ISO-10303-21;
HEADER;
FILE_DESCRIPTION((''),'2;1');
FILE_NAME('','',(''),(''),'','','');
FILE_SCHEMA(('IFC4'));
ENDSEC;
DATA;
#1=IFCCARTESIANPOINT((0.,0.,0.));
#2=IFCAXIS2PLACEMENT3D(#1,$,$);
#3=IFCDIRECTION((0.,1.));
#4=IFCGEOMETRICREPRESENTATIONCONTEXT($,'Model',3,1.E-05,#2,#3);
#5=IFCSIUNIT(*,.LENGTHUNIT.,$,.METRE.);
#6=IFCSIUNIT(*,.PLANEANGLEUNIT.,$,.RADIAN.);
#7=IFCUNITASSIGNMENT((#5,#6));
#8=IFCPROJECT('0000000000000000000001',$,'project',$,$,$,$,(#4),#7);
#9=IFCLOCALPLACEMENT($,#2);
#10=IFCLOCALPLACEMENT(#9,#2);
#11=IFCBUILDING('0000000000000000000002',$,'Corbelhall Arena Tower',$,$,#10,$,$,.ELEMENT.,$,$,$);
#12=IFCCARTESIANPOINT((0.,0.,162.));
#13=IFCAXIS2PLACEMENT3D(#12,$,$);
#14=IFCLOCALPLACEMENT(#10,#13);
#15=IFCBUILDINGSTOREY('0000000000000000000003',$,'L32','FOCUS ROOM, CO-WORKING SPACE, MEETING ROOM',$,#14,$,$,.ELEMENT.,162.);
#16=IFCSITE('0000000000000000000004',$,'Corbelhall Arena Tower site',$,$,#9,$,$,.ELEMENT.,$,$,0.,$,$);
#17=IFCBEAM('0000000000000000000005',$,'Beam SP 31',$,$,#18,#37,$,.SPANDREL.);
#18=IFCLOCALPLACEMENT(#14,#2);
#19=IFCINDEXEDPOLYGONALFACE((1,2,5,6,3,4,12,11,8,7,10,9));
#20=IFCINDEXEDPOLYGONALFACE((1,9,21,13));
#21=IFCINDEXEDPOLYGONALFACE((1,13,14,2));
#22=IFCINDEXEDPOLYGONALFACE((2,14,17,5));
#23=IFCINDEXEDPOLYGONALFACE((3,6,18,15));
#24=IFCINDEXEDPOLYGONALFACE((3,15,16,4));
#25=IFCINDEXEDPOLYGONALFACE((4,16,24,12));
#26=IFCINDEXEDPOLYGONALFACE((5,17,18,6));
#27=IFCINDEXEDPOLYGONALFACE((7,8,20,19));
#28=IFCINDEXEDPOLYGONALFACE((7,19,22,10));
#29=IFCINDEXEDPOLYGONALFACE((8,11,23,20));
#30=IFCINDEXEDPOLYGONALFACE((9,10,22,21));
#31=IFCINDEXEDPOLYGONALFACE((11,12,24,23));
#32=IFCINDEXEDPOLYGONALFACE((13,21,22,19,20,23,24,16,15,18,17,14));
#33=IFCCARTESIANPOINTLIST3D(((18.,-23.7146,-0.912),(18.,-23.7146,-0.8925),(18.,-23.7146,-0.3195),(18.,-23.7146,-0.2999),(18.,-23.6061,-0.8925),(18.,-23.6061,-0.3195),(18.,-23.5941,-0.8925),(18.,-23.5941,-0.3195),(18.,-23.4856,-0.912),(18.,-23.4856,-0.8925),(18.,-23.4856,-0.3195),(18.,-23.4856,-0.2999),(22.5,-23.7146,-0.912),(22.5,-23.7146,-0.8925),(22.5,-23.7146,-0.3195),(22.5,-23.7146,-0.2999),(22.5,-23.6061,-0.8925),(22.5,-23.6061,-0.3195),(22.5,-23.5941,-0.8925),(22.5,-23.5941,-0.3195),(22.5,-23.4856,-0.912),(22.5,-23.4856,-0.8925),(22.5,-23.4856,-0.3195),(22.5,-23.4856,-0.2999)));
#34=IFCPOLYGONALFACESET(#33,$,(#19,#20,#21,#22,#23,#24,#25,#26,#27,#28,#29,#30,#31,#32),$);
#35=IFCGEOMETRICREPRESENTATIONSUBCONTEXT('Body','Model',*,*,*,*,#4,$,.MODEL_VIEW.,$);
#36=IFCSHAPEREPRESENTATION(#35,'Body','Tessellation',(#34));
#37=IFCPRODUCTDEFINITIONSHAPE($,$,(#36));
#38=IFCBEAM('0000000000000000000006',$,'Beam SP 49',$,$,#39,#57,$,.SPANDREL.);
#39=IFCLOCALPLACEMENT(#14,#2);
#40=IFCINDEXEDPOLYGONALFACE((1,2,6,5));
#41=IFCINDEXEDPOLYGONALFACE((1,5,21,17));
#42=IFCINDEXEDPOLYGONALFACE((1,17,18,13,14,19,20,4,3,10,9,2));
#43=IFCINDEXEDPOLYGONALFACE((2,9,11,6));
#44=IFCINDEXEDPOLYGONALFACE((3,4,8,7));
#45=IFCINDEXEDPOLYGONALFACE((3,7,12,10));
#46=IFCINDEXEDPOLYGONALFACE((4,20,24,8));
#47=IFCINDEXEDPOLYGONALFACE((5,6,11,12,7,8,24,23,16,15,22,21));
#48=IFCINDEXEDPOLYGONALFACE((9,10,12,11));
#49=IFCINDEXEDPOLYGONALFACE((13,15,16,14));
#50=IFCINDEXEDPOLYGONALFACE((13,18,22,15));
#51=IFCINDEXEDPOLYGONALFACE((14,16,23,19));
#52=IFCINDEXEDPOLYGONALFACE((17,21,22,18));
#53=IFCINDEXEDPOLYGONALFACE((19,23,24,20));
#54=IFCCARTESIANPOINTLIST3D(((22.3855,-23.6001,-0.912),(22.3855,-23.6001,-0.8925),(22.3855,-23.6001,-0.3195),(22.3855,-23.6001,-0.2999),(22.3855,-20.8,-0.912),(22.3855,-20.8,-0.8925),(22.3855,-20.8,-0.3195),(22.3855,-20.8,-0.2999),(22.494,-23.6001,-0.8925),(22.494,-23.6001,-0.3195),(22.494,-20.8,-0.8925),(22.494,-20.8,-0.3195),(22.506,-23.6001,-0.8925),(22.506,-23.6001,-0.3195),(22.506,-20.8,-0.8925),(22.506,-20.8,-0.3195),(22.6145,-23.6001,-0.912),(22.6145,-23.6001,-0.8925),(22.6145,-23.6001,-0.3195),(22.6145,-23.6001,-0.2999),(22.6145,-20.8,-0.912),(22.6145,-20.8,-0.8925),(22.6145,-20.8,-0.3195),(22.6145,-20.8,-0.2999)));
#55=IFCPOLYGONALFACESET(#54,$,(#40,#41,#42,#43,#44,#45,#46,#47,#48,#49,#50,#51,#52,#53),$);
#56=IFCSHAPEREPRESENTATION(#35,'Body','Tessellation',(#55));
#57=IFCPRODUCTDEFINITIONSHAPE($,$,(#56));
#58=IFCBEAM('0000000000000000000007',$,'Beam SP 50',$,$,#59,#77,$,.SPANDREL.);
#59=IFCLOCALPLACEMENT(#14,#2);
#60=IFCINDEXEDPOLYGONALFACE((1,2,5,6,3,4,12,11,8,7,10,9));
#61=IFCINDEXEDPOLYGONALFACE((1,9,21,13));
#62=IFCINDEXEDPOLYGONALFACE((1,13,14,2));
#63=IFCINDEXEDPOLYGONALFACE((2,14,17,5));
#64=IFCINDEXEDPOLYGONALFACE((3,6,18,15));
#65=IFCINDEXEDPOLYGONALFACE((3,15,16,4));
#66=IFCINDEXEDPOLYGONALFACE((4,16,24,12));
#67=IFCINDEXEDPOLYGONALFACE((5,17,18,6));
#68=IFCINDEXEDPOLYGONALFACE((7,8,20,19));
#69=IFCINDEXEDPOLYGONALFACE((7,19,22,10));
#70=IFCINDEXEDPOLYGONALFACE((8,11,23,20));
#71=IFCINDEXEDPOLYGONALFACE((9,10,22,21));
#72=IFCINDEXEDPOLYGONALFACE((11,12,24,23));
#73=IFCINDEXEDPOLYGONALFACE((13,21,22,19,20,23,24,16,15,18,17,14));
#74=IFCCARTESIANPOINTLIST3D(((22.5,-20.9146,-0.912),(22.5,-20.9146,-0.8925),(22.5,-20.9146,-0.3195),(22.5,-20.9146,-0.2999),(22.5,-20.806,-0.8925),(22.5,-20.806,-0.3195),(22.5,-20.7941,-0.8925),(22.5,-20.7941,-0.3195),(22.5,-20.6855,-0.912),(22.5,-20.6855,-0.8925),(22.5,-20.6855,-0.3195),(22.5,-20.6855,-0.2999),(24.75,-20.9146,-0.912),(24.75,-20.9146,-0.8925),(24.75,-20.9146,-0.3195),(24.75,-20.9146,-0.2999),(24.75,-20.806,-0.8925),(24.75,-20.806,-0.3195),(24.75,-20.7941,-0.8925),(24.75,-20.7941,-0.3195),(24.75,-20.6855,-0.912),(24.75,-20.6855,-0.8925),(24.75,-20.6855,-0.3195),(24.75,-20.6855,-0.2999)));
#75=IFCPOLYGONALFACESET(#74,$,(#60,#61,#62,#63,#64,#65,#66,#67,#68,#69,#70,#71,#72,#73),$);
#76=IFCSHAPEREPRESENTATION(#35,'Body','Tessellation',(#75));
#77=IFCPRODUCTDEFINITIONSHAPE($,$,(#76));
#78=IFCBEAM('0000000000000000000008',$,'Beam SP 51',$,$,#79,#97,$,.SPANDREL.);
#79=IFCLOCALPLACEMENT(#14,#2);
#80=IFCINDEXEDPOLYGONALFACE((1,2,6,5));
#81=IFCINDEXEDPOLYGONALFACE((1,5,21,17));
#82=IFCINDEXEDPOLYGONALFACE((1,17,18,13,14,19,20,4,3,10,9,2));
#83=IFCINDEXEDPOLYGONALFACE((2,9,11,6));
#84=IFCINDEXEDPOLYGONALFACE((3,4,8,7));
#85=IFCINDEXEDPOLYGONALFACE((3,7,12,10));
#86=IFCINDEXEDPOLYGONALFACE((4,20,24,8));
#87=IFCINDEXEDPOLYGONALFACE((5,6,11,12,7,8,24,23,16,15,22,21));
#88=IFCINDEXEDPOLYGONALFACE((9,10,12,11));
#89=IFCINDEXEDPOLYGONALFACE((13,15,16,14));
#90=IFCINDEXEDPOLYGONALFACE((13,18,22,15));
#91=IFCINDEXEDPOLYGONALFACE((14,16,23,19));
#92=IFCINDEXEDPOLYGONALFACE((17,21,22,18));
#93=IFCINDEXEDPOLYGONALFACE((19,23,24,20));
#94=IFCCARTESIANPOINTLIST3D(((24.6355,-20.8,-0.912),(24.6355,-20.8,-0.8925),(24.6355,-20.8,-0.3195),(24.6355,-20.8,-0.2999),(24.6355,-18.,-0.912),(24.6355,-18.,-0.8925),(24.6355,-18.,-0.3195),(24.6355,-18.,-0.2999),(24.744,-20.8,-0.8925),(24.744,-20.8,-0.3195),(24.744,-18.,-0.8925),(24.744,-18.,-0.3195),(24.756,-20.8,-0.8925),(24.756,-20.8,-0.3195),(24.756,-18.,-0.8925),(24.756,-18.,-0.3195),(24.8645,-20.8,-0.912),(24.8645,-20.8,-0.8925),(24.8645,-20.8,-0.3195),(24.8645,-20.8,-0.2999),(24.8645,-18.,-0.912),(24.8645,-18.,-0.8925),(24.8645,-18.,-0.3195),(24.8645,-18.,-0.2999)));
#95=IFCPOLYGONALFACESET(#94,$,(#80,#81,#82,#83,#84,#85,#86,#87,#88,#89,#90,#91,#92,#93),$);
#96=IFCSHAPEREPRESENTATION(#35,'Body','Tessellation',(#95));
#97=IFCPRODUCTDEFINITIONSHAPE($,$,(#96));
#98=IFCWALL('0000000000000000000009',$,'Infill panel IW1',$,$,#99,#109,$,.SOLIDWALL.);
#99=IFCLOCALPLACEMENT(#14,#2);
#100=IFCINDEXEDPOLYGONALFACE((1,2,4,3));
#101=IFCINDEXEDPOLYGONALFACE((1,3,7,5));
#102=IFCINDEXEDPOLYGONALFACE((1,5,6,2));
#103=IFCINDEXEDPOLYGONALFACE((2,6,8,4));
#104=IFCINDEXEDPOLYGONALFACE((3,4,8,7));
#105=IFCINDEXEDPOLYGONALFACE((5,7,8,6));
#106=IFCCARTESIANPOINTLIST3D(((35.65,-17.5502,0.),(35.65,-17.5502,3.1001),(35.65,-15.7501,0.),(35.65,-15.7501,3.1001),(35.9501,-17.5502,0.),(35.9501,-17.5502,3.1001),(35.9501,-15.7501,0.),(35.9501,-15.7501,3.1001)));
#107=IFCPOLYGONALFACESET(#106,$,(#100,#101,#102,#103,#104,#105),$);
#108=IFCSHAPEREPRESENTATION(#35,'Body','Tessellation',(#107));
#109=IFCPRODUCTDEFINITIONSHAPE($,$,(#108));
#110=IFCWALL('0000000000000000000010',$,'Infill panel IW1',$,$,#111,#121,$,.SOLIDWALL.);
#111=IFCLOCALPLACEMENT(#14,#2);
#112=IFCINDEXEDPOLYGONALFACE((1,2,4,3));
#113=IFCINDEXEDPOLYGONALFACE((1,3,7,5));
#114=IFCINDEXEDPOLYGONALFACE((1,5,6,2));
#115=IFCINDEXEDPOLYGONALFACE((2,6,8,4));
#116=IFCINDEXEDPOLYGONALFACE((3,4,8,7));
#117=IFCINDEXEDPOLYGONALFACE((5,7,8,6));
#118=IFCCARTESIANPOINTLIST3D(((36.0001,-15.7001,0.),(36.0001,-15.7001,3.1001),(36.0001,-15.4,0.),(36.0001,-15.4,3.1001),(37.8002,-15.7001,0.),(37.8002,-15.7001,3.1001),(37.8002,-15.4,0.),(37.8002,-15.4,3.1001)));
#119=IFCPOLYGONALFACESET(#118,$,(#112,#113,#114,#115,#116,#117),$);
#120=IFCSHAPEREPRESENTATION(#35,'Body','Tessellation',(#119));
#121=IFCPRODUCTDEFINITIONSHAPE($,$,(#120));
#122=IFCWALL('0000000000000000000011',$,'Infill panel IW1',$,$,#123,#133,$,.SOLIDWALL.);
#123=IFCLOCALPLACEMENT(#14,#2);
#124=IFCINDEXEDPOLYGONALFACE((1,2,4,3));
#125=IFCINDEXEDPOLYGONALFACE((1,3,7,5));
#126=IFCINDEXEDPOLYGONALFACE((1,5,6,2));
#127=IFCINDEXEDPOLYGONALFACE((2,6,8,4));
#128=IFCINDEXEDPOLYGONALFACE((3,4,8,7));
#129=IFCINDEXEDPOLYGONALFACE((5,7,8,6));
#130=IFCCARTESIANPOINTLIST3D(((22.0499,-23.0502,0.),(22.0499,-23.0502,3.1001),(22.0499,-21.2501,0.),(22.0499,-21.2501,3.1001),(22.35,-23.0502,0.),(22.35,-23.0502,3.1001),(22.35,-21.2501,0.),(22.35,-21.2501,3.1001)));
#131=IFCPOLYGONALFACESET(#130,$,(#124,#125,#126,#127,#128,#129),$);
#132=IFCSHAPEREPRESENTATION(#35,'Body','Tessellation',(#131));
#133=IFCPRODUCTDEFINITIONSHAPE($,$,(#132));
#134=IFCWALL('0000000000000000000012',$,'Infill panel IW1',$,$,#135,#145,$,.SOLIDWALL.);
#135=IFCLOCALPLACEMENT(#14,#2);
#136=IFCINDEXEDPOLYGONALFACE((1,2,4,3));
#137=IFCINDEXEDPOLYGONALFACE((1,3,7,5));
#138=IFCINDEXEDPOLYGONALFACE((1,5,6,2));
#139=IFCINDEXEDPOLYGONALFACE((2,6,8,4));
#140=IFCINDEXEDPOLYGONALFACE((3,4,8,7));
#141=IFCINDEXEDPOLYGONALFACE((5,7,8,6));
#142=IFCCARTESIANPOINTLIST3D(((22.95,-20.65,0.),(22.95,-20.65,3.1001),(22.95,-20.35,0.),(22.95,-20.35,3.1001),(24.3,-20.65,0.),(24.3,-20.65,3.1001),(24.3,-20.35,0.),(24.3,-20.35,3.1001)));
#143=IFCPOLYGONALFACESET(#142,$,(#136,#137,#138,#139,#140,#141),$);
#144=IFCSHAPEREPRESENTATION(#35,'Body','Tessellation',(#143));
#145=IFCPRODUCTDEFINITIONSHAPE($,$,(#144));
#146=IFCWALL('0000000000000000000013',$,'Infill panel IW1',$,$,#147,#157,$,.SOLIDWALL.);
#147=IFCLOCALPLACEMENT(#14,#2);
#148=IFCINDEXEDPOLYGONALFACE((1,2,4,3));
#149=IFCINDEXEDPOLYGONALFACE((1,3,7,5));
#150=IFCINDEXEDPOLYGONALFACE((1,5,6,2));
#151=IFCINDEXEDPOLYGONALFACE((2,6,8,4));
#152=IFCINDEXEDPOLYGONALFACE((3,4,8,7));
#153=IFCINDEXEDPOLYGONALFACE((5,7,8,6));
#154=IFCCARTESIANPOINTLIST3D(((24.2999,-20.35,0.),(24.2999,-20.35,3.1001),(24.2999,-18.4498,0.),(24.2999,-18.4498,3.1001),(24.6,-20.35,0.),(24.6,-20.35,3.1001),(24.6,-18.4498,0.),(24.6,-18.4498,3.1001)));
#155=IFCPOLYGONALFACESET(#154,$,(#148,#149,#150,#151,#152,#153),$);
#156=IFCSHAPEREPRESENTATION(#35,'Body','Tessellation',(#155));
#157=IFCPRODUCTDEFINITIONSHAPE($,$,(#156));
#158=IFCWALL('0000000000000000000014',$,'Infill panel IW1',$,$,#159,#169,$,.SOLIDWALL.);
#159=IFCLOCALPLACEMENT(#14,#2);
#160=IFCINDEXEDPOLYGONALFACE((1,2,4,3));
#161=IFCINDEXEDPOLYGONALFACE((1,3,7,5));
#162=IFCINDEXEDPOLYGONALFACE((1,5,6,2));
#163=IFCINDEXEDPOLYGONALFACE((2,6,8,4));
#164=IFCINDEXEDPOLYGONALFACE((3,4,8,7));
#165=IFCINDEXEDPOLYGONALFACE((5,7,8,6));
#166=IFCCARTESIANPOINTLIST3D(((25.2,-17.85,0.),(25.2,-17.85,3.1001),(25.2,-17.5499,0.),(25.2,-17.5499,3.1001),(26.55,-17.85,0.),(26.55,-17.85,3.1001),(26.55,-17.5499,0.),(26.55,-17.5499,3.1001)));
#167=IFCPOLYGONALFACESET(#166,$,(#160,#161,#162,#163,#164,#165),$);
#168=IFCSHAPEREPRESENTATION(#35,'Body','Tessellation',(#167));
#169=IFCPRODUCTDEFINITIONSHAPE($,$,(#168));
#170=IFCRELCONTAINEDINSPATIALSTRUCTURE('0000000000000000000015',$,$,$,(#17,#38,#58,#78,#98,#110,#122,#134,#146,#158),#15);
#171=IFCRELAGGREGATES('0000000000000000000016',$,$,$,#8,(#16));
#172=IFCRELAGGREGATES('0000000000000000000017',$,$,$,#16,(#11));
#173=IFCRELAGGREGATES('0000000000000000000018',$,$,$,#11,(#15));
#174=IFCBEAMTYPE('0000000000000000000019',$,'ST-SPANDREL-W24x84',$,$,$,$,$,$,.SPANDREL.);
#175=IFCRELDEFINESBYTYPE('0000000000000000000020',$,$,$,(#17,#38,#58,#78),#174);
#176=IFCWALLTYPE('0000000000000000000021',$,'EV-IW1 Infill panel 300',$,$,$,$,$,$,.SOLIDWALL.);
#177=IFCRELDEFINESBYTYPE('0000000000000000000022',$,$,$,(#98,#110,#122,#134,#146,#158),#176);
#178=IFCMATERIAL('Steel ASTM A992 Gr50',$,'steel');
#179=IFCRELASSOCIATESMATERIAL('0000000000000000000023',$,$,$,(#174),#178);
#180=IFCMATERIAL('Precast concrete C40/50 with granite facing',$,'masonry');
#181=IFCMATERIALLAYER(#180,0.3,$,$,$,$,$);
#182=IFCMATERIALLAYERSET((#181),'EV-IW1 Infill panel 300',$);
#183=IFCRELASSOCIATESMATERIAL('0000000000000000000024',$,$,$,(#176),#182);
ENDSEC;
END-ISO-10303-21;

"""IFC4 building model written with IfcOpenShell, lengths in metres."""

from ifc_helpers import new_model, si_unit, direction, frame, frame_2d, origin, origin_2d, place, context, subcontext, project, spatial, rectangle, i_section, extrude, material, layer, layer_set, material_profile, profile_set, type_object, element, save


model = new_model("IFC4")

# Units and contexts
model_context = context("Model", 3, precision=1e-05, world=origin(), true_north=direction((0.0, 1.0)))
body_context = subcontext(model_context, "Body", "Model", "MODEL_VIEW")
ifc_project = project(units=[si_unit("LENGTHUNIT", "METRE"), si_unit("PLANEANGLEUNIT", "RADIAN")], contexts=[model_context])

# Site, building, storey
site_placement = place(None, origin())
site = spatial("IfcSite", under=ifc_project, at=site_placement, Name="Corbelhall Arena Tower site", CompositionType="ELEMENT", RefElevation=0.0)
building_placement = place(site_placement, origin())
building = spatial("IfcBuilding", under=site, at=building_placement, Name="Corbelhall Arena Tower", CompositionType="ELEMENT")
storey_placement = place(building_placement, frame((0.0, 0.0, 162.0)))
storey = spatial("IfcBuildingStorey", under=building, at=storey_placement, Name="L32", Description="FOCUS ROOM, CO-WORKING SPACE, MEETING ROOM", CompositionType="ELEMENT", Elevation=162.0)

# Beams
ifc_material_1 = material(Name="Steel ASTM A992 Gr50", Category="steel")
ifc_material_profile_1 = material_profile(ifc_material_1, i_section(OverallWidth=0.229, OverallDepth=0.6121, WebThickness=0.012, FlangeThickness=0.0195, at=origin_2d()))
ifc_profile_set_1 = profile_set([ifc_material_profile_1], Name="Steel ASTM A992 Gr50")
beam_type = type_object("IfcBeamType", Name="ST-SPANDREL-W24x84", PredefinedType="SPANDREL", material=ifc_profile_set_1)
for number, where, z_axis, x_axis, name in (
    (1, (22.5, -23.6001, -0.606), (-1.0, 0.0, 0.0), (0.0, -1.0, 0.0), "Beam SP 31"),
):
    element("IfcBeam", number, at=place(storey_placement, frame(where, z_axis=z_axis, x_axis=x_axis)), inside=storey, type_object=beam_type, Name=name, PredefinedType="SPANDREL", context=body_context, shape_type="SweptSolid", body=[
        extrude(i_section(OverallWidth=0.229, OverallDepth=0.6121, WebThickness=0.012, FlangeThickness=0.0195, at=origin_2d()), origin(), (0.0, 0.0, 1.0), 4.5),
    ])
beam_1_placement = place(storey_placement, frame((22.5, -20.8, -0.606), z_axis=(0.0, -1.0, 0.0), x_axis=(1.0, 0.0, 0.0)))
element("IfcBeam", 2, at=beam_1_placement, inside=storey, type_object=beam_type, Name="Beam SP 49", PredefinedType="SPANDREL", context=body_context, shape_type="SweptSolid", body=[
    extrude(i_section(OverallWidth=0.229, OverallDepth=0.6121, WebThickness=0.012, FlangeThickness=0.0195, at=origin_2d()), origin(), (0.0, 0.0, 1.0), 2.8),
])
beam_2_placement = place(storey_placement, frame((24.75, -20.8, -0.606), z_axis=(-1.0, 0.0, 0.0), x_axis=(0.0, -1.0, 0.0)))
element("IfcBeam", 3, at=beam_2_placement, inside=storey, type_object=beam_type, Name="Beam SP 50", PredefinedType="SPANDREL", context=body_context, shape_type="SweptSolid", body=[
    extrude(i_section(OverallWidth=0.229, OverallDepth=0.6121, WebThickness=0.012, FlangeThickness=0.0195, at=origin_2d()), origin(), (0.0, 0.0, 1.0), 2.25),
])
beam_3_placement = place(storey_placement, frame((24.75, -18.0, -0.606), z_axis=(0.0, -1.0, 0.0), x_axis=(1.0, 0.0, 0.0)))
element("IfcBeam", 4, at=beam_3_placement, inside=storey, type_object=beam_type, Name="Beam SP 51", PredefinedType="SPANDREL", context=body_context, shape_type="SweptSolid", body=[
    extrude(i_section(OverallWidth=0.229, OverallDepth=0.6121, WebThickness=0.012, FlangeThickness=0.0195, at=origin_2d()), origin(), (0.0, 0.0, 1.0), 2.8),
])

# Walls
ifc_material_2 = material(Name="Precast concrete C40/50 with granite facing", Category="masonry")
ifc_layer = layer(ifc_material_2, 0.3)
ifc_layer_set = layer_set([ifc_layer], Name="EV-IW1 Infill panel 300")
wall_type = type_object("IfcWallType", Name="EV-IW1 Infill panel 300", PredefinedType="SOLIDWALL", material=ifc_layer_set)
for number, where, z_axis, x_axis, name in (
    (5, (35.8, -17.55, 0.0), (0.0, 0.0, 1.0), (0.0, 1.0, 0.0), "Infill panel IW1"),
    (6, (37.8, -15.55, 0.0), (0.0, 0.0, 1.0), (-1.0, 0.0, 0.0), "Infill panel IW1"),
):
    element("IfcWall", number, at=place(storey_placement, frame(where, z_axis=z_axis, x_axis=x_axis)), inside=storey, type_object=wall_type, Name=name, PredefinedType="SOLIDWALL", context=body_context, shape_type="SweptSolid", body=[
        extrude(rectangle(XDim=1.8, YDim=0.3, at=frame_2d((0.8999, 0.0))), origin(), (0.0, 0.0, 1.0), 3.1001),
    ])

# Walls
wall_1_placement = place(storey_placement, frame((22.2, -23.05, 0.0), z_axis=(0.0, 0.0, 1.0), x_axis=(0.0, 1.0, 0.0)))
element("IfcWall", 7, at=wall_1_placement, inside=storey, type_object=wall_type, Name="Infill panel IW1", PredefinedType="SOLIDWALL", context=body_context, shape_type="SweptSolid", body=[
    extrude(rectangle(XDim=1.8, YDim=0.3, at=frame_2d((0.8999, 0.0))), origin(), (0.0, 0.0, 1.0), 3.1001),
])
wall_2_placement = place(storey_placement, frame((22.95, -20.5, 0.0), z_axis=(0.0, 0.0, 1.0), x_axis=(1.0, 0.0, 0.0)))
element("IfcWall", 8, at=wall_2_placement, inside=storey, type_object=wall_type, Name="Infill panel IW1", PredefinedType="SOLIDWALL", context=body_context, shape_type="SweptSolid", body=[
    extrude(rectangle(XDim=1.3501, YDim=0.3, at=frame_2d((0.675, 0.0))), origin(), (0.0, 0.0, 1.0), 3.1001),
])
wall_3_placement = place(storey_placement, frame((24.45, -20.3501, 0.0), z_axis=(0.0, 0.0, 1.0), x_axis=(0.0, 1.0, 0.0)))
element("IfcWall", 9, at=wall_3_placement, inside=storey, type_object=wall_type, Name="Infill panel IW1", PredefinedType="SOLIDWALL", context=body_context, shape_type="SweptSolid", body=[
    extrude(rectangle(XDim=1.9001, YDim=0.3, at=frame_2d((0.9502, 0.0))), origin(), (0.0, 0.0, 1.0), 3.1001),
])
wall_4_placement = place(storey_placement, frame((25.2, -17.7, 0.0), z_axis=(0.0, 0.0, 1.0), x_axis=(1.0, 0.0, 0.0)))
element("IfcWall", 10, at=wall_4_placement, inside=storey, type_object=wall_type, Name="Infill panel IW1", PredefinedType="SOLIDWALL", context=body_context, shape_type="SweptSolid", body=[
    extrude(rectangle(XDim=1.3501, YDim=0.3, at=frame_2d((0.675, 0.0))), origin(), (0.0, 0.0, 1.0), 3.1001),
])

save(model, "model.ifc")
